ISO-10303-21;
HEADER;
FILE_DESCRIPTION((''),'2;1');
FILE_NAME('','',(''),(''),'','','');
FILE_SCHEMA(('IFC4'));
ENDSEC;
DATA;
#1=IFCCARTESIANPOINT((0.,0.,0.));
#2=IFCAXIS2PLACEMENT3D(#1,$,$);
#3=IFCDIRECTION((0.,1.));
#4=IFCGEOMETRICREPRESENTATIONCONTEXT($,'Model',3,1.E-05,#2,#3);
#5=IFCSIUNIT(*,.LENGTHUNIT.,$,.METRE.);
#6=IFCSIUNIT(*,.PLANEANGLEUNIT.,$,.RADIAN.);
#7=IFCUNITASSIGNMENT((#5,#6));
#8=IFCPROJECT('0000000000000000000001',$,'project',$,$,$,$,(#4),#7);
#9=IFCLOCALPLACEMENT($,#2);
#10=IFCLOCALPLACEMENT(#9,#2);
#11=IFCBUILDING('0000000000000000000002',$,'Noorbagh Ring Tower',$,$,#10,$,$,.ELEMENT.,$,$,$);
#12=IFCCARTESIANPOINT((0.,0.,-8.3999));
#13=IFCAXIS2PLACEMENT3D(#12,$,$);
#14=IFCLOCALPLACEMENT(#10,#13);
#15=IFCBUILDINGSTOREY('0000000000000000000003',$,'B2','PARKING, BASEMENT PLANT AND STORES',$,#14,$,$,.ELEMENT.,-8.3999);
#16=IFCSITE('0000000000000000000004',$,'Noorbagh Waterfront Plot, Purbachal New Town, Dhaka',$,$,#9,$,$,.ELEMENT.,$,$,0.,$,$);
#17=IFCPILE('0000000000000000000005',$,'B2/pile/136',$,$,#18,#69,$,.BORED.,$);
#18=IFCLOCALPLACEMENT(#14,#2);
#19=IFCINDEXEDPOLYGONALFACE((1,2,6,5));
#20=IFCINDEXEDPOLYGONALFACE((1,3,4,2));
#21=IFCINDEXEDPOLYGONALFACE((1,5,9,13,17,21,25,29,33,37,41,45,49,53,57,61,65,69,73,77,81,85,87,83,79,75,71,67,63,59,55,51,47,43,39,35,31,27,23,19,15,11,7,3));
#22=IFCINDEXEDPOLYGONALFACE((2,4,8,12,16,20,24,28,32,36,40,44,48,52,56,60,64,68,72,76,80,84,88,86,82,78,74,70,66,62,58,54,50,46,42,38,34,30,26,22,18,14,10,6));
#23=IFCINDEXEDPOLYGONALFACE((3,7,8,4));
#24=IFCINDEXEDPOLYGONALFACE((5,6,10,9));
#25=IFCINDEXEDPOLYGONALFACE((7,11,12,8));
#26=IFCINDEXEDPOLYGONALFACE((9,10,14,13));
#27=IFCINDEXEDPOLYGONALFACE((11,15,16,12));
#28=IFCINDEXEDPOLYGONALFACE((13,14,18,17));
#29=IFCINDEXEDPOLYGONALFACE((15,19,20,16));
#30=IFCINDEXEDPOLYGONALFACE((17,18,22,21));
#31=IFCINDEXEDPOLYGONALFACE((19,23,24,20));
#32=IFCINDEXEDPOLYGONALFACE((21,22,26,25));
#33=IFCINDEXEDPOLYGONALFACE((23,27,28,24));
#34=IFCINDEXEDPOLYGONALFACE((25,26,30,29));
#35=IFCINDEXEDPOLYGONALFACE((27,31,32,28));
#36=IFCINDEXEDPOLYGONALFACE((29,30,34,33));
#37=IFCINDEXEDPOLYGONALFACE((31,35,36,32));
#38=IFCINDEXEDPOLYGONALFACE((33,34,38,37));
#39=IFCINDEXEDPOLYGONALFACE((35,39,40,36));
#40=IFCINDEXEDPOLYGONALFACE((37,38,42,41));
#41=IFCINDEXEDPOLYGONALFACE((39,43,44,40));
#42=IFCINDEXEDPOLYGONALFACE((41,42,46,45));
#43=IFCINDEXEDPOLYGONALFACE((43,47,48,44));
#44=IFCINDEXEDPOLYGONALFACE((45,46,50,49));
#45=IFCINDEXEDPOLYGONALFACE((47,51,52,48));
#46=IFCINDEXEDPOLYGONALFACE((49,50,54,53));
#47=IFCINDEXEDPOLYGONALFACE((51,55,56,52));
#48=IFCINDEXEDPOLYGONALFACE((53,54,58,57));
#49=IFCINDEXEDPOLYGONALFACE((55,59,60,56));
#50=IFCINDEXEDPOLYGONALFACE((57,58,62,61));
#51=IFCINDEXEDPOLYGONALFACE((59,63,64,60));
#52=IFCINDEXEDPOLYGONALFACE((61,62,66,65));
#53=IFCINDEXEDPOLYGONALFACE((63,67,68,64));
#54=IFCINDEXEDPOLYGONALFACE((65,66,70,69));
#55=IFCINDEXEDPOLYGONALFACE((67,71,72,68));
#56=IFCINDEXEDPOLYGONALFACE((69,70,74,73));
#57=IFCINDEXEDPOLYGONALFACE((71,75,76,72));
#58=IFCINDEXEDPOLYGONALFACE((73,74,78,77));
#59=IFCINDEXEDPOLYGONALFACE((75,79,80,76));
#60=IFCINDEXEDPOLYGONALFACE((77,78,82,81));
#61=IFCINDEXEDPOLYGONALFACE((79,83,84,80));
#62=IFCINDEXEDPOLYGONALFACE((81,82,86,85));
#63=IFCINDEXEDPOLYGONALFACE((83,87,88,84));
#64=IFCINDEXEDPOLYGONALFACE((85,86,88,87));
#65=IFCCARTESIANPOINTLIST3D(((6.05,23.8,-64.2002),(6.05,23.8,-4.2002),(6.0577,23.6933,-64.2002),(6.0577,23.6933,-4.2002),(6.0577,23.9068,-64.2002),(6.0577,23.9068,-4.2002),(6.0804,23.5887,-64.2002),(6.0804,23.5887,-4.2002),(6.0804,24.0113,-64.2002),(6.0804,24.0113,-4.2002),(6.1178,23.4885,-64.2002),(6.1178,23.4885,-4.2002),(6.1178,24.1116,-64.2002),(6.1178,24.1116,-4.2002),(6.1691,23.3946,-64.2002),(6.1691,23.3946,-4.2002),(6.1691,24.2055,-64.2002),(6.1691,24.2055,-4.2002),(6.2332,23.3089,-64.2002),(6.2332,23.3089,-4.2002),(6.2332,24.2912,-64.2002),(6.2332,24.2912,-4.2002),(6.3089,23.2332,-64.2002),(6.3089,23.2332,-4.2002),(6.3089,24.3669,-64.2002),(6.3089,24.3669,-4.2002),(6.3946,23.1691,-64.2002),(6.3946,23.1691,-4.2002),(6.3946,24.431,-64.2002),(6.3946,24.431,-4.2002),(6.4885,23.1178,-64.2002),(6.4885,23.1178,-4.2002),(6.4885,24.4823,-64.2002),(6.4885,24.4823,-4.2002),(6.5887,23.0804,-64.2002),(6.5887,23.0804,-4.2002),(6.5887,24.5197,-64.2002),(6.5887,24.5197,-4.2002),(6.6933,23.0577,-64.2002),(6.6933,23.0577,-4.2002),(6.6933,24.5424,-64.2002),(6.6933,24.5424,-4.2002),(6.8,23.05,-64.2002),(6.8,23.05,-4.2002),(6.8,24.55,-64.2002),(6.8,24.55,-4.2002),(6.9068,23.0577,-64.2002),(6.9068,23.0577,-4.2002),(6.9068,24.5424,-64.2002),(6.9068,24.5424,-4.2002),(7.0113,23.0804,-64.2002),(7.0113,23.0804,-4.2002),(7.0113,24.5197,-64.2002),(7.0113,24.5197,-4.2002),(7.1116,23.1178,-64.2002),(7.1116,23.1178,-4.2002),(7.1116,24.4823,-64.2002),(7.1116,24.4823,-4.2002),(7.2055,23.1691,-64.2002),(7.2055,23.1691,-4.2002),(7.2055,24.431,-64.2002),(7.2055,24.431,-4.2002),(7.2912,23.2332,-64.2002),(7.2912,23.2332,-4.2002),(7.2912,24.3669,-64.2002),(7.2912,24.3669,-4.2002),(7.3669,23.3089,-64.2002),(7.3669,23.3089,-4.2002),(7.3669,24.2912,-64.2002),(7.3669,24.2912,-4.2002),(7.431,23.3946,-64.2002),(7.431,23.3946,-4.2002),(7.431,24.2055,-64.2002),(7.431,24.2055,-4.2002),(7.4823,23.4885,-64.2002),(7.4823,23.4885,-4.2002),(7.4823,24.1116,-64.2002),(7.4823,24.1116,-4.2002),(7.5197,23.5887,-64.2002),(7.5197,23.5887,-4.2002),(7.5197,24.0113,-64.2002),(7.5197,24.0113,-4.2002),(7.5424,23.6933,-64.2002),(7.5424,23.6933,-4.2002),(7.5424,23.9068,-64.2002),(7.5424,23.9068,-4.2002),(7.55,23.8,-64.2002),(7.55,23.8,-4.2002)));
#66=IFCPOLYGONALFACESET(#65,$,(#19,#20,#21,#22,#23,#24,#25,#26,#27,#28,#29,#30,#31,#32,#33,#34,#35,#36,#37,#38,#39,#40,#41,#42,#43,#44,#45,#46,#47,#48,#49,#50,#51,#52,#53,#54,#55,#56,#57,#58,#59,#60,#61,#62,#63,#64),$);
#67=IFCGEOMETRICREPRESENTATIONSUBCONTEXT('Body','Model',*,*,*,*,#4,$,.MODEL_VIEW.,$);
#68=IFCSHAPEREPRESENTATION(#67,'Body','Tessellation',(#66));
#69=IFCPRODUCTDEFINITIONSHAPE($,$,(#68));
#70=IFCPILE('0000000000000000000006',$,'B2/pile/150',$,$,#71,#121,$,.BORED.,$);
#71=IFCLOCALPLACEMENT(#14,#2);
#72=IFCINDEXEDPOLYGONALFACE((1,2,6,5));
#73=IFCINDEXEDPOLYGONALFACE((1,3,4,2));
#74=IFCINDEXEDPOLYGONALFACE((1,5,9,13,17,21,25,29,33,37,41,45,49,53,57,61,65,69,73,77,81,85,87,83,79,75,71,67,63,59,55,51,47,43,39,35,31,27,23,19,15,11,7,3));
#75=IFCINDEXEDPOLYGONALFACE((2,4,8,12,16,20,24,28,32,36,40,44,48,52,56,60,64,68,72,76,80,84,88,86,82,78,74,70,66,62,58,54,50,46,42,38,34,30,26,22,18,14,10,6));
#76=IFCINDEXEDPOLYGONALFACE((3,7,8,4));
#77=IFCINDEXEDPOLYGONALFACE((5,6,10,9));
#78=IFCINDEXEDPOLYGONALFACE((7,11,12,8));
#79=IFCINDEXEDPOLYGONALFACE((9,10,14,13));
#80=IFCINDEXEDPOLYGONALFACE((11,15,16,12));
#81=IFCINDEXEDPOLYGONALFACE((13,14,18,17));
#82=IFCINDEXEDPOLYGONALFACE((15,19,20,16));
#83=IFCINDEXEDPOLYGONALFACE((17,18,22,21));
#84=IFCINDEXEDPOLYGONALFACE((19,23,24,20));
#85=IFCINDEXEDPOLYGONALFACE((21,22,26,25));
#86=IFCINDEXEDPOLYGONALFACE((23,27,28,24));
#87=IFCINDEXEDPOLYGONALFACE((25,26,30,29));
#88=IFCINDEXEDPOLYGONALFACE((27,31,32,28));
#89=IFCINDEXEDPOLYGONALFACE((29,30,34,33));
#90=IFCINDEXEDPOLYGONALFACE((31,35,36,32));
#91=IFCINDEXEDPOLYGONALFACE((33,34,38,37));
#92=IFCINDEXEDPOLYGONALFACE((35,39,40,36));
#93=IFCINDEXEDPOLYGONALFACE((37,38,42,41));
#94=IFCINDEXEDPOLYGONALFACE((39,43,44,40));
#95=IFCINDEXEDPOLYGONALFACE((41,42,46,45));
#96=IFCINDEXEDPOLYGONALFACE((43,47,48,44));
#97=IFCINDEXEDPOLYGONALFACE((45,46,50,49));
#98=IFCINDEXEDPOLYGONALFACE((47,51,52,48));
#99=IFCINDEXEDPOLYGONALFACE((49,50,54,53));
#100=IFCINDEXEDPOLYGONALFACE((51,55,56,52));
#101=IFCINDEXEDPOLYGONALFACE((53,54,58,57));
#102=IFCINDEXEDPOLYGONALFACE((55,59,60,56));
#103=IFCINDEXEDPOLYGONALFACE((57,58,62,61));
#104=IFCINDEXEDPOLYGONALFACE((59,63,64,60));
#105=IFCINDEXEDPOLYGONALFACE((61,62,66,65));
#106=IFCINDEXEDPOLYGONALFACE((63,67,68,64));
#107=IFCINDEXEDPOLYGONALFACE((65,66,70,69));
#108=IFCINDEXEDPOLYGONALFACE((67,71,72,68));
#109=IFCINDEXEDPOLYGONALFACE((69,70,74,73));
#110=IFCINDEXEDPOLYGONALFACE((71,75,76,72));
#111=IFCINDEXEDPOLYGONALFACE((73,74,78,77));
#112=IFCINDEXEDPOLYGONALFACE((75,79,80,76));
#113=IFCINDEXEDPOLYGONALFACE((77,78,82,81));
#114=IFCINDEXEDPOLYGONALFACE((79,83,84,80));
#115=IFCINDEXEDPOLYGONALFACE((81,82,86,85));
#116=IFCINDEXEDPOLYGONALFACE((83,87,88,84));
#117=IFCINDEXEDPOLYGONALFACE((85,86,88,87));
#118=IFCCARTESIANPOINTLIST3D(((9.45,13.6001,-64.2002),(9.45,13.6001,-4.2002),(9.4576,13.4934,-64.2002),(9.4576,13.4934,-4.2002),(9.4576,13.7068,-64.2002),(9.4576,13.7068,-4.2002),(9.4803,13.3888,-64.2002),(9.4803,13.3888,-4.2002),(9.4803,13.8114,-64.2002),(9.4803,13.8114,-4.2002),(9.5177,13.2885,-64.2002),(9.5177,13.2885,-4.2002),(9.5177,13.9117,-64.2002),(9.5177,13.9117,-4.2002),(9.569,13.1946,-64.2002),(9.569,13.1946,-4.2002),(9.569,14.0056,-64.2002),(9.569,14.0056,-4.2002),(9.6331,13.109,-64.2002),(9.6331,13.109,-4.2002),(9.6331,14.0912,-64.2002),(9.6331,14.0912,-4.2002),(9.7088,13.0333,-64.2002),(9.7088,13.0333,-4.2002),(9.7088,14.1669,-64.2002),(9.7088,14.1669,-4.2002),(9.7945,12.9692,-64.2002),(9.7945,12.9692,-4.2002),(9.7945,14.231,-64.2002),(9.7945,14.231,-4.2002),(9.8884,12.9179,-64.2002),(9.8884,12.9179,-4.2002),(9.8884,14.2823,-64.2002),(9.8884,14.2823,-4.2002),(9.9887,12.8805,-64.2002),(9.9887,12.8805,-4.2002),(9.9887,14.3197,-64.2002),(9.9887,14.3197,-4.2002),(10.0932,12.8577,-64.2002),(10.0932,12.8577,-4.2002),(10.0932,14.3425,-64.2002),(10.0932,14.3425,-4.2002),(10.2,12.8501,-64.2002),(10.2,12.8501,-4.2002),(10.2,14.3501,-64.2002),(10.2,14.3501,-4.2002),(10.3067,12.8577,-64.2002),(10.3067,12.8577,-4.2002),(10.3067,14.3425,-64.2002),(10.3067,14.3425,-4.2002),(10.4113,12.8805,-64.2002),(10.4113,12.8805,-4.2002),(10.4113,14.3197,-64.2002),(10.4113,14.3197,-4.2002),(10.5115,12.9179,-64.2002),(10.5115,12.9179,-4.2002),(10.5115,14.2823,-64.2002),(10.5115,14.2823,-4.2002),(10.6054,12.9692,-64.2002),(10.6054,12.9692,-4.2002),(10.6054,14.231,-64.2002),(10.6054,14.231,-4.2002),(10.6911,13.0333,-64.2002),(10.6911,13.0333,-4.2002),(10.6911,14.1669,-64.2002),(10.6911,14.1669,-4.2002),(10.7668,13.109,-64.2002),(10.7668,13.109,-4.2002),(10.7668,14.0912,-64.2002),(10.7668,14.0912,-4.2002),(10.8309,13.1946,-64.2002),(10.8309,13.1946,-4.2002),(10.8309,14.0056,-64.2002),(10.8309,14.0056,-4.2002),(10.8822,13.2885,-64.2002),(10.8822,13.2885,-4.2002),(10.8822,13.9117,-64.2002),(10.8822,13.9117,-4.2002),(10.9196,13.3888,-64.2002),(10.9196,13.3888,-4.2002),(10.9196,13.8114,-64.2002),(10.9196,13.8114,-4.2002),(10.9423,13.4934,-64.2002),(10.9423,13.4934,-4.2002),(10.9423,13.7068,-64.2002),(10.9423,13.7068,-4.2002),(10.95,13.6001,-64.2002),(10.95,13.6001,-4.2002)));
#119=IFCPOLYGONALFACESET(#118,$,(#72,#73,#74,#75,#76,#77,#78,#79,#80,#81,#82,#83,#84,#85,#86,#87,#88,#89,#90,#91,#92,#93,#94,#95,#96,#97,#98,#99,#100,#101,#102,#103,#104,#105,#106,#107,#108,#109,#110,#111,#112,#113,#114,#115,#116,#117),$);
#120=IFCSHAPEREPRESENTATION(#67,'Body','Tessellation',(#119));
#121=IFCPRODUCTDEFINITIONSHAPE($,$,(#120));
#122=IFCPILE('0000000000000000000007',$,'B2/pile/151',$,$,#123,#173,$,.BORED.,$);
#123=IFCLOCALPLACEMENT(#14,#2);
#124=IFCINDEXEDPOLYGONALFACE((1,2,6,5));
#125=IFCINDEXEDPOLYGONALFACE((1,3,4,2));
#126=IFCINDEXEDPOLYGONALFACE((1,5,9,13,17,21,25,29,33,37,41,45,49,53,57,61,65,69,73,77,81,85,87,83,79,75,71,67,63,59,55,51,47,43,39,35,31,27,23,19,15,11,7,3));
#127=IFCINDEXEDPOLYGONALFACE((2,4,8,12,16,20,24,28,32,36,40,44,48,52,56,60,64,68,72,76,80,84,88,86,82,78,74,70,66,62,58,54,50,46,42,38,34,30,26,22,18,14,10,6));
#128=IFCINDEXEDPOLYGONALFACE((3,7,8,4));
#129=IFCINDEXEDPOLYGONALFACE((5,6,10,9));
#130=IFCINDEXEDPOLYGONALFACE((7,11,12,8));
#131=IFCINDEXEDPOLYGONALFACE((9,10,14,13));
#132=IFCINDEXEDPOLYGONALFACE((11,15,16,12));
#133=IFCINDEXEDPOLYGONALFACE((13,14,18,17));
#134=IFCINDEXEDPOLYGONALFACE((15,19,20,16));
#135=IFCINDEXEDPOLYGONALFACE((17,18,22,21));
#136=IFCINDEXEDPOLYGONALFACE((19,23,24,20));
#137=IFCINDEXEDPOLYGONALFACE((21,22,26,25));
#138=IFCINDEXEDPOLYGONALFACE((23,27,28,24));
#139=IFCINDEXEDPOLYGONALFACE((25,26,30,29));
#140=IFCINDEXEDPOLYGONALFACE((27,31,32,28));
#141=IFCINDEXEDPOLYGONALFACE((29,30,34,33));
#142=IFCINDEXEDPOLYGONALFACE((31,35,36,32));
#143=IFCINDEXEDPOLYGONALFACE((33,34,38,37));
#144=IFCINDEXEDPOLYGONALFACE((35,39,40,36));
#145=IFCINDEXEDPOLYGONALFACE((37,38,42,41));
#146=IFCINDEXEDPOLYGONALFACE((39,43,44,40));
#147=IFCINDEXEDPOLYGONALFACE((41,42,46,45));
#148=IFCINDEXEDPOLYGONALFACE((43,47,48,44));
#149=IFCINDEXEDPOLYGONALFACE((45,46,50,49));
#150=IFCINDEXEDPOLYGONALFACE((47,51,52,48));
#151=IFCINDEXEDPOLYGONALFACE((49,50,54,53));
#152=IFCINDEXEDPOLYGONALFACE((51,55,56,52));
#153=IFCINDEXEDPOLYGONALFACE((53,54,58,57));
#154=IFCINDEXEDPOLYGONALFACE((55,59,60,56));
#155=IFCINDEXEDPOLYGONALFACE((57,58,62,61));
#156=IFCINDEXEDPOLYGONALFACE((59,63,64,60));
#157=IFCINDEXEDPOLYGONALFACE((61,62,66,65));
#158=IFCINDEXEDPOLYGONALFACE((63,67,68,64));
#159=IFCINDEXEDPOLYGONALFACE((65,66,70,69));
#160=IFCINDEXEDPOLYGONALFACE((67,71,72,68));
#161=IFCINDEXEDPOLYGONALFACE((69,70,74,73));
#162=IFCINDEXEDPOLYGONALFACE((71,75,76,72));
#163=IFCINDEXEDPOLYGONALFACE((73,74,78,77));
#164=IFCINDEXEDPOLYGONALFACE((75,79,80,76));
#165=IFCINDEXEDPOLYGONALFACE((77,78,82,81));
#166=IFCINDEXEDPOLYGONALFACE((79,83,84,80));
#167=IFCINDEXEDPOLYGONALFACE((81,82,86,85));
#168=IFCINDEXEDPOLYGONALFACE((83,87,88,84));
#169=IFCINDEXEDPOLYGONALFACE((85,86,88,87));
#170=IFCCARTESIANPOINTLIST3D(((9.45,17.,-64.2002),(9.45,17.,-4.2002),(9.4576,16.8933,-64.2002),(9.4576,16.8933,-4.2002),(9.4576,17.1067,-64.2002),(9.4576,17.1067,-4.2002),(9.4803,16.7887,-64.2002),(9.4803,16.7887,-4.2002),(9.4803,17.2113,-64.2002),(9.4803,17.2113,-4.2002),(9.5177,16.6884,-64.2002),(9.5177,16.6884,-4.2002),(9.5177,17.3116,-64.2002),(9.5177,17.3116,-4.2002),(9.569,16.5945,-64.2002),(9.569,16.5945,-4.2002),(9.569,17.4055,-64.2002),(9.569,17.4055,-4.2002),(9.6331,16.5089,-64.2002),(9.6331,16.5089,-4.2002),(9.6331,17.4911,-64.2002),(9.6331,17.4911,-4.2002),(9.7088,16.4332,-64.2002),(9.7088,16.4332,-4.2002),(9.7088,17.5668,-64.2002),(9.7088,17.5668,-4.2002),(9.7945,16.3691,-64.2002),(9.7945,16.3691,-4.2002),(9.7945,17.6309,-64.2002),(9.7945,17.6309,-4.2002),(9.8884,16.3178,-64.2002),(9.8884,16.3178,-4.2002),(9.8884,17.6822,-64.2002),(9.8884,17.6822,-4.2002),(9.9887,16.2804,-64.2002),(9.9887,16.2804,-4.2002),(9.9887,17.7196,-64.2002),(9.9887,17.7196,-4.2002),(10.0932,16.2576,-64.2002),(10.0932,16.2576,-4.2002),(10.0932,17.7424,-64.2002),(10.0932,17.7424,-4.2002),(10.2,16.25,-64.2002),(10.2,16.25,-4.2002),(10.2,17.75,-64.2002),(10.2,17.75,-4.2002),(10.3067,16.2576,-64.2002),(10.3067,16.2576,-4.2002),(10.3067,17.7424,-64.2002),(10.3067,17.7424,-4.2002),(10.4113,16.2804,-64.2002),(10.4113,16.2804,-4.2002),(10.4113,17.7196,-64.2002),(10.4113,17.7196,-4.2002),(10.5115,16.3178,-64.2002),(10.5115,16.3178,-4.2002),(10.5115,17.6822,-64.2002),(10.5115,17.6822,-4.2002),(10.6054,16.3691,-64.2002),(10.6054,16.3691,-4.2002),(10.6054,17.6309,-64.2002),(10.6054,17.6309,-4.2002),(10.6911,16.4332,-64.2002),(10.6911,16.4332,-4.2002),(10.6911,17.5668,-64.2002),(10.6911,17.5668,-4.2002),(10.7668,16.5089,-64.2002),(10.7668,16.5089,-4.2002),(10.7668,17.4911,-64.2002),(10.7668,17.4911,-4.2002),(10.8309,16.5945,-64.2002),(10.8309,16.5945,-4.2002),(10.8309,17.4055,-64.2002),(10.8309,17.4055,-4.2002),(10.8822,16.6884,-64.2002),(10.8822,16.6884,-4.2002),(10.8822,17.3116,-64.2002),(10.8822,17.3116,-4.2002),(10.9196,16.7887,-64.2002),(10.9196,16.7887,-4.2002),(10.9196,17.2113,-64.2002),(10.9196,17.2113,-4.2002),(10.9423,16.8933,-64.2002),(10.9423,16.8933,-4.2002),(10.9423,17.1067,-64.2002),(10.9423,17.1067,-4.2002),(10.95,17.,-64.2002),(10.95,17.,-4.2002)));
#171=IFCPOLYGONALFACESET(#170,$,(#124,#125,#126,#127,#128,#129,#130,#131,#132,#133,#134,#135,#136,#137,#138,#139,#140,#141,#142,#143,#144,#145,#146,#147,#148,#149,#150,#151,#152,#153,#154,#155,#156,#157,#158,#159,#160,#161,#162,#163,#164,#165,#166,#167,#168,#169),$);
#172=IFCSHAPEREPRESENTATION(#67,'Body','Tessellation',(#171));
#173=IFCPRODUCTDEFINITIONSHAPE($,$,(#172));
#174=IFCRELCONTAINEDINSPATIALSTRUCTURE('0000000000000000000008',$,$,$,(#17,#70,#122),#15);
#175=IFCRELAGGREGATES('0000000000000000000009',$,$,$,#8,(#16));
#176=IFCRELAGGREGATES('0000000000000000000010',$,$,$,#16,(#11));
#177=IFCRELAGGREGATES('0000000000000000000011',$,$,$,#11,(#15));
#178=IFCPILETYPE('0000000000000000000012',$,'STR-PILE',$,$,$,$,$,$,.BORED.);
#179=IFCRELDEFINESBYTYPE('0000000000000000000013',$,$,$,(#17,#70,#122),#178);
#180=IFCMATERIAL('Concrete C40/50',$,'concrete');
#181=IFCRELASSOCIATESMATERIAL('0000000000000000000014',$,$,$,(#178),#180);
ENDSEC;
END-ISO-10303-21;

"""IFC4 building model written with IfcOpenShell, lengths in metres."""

from ifc_helpers import new_model, si_unit, direction, frame, origin, origin_2d, place, context, subcontext, project, spatial, circle, extrude, material, material_profile, profile_set, type_object, element, save


model = new_model("IFC4")

# Units and contexts
model_context = context("Model", 3, precision=1e-05, world=origin(), true_north=direction((0.0, 1.0)))
body_context = subcontext(model_context, "Body", "Model", "MODEL_VIEW")
ifc_project = project(units=[si_unit("LENGTHUNIT", "METRE"), si_unit("PLANEANGLEUNIT", "RADIAN")], contexts=[model_context])

# Site, building, storey
site_placement = place(None, origin())
site = spatial("IfcSite", under=ifc_project, at=site_placement, Name="Noorbagh Waterfront Plot, Purbachal New Town, Dhaka", CompositionType="ELEMENT", RefElevation=0.0)
building_placement = place(site_placement, origin())
building = spatial("IfcBuilding", under=site, at=building_placement, Name="Noorbagh Ring Tower", CompositionType="ELEMENT")
storey_placement = place(building_placement, frame((0.0, 0.0, -8.3999)))
storey = spatial("IfcBuildingStorey", under=building, at=storey_placement, Name="B2", Description="PARKING, BASEMENT PLANT AND STORES", CompositionType="ELEMENT", Elevation=-8.3999)

# Piles
ifc_material_1 = material(Name="Concrete C40/50", Category="concrete")
ifc_material_profile_1 = material_profile(ifc_material_1, circle(Radius=0.75, at=origin_2d()), Name="PILE1500")
ifc_profile_set_1 = profile_set([ifc_material_profile_1], Name="Concrete C40/50")
pile_type = type_object("IfcPileType", Name="STR-PILE", PredefinedType="BORED", material=ifc_profile_set_1)
for number, where, z_axis, x_axis, name in (
    (1, (6.8, 23.8, -4.2002), (0.0, 0.0, -1.0), (1.0, 0.0, 0.0), "B2/pile/136"),
    (2, (10.2, 13.6001, -4.2002), (0.0, 0.0, -1.0), (1.0, 0.0, 0.0), "B2/pile/150"),
    (3, (10.2, 17.0, -4.2002), (0.0, 0.0, -1.0), (1.0, 0.0, 0.0), "B2/pile/151"),
):
    element("IfcPile", number, at=place(storey_placement, frame(where, z_axis=z_axis, x_axis=x_axis)), inside=storey, type_object=pile_type, Name=name, PredefinedType="BORED", context=body_context, shape_type="SweptSolid", body=[
        extrude(circle(Radius=0.75, at=origin_2d()), origin(), (0.0, 0.0, 1.0), 60.0),
    ])

save(model, "model.ifc")
